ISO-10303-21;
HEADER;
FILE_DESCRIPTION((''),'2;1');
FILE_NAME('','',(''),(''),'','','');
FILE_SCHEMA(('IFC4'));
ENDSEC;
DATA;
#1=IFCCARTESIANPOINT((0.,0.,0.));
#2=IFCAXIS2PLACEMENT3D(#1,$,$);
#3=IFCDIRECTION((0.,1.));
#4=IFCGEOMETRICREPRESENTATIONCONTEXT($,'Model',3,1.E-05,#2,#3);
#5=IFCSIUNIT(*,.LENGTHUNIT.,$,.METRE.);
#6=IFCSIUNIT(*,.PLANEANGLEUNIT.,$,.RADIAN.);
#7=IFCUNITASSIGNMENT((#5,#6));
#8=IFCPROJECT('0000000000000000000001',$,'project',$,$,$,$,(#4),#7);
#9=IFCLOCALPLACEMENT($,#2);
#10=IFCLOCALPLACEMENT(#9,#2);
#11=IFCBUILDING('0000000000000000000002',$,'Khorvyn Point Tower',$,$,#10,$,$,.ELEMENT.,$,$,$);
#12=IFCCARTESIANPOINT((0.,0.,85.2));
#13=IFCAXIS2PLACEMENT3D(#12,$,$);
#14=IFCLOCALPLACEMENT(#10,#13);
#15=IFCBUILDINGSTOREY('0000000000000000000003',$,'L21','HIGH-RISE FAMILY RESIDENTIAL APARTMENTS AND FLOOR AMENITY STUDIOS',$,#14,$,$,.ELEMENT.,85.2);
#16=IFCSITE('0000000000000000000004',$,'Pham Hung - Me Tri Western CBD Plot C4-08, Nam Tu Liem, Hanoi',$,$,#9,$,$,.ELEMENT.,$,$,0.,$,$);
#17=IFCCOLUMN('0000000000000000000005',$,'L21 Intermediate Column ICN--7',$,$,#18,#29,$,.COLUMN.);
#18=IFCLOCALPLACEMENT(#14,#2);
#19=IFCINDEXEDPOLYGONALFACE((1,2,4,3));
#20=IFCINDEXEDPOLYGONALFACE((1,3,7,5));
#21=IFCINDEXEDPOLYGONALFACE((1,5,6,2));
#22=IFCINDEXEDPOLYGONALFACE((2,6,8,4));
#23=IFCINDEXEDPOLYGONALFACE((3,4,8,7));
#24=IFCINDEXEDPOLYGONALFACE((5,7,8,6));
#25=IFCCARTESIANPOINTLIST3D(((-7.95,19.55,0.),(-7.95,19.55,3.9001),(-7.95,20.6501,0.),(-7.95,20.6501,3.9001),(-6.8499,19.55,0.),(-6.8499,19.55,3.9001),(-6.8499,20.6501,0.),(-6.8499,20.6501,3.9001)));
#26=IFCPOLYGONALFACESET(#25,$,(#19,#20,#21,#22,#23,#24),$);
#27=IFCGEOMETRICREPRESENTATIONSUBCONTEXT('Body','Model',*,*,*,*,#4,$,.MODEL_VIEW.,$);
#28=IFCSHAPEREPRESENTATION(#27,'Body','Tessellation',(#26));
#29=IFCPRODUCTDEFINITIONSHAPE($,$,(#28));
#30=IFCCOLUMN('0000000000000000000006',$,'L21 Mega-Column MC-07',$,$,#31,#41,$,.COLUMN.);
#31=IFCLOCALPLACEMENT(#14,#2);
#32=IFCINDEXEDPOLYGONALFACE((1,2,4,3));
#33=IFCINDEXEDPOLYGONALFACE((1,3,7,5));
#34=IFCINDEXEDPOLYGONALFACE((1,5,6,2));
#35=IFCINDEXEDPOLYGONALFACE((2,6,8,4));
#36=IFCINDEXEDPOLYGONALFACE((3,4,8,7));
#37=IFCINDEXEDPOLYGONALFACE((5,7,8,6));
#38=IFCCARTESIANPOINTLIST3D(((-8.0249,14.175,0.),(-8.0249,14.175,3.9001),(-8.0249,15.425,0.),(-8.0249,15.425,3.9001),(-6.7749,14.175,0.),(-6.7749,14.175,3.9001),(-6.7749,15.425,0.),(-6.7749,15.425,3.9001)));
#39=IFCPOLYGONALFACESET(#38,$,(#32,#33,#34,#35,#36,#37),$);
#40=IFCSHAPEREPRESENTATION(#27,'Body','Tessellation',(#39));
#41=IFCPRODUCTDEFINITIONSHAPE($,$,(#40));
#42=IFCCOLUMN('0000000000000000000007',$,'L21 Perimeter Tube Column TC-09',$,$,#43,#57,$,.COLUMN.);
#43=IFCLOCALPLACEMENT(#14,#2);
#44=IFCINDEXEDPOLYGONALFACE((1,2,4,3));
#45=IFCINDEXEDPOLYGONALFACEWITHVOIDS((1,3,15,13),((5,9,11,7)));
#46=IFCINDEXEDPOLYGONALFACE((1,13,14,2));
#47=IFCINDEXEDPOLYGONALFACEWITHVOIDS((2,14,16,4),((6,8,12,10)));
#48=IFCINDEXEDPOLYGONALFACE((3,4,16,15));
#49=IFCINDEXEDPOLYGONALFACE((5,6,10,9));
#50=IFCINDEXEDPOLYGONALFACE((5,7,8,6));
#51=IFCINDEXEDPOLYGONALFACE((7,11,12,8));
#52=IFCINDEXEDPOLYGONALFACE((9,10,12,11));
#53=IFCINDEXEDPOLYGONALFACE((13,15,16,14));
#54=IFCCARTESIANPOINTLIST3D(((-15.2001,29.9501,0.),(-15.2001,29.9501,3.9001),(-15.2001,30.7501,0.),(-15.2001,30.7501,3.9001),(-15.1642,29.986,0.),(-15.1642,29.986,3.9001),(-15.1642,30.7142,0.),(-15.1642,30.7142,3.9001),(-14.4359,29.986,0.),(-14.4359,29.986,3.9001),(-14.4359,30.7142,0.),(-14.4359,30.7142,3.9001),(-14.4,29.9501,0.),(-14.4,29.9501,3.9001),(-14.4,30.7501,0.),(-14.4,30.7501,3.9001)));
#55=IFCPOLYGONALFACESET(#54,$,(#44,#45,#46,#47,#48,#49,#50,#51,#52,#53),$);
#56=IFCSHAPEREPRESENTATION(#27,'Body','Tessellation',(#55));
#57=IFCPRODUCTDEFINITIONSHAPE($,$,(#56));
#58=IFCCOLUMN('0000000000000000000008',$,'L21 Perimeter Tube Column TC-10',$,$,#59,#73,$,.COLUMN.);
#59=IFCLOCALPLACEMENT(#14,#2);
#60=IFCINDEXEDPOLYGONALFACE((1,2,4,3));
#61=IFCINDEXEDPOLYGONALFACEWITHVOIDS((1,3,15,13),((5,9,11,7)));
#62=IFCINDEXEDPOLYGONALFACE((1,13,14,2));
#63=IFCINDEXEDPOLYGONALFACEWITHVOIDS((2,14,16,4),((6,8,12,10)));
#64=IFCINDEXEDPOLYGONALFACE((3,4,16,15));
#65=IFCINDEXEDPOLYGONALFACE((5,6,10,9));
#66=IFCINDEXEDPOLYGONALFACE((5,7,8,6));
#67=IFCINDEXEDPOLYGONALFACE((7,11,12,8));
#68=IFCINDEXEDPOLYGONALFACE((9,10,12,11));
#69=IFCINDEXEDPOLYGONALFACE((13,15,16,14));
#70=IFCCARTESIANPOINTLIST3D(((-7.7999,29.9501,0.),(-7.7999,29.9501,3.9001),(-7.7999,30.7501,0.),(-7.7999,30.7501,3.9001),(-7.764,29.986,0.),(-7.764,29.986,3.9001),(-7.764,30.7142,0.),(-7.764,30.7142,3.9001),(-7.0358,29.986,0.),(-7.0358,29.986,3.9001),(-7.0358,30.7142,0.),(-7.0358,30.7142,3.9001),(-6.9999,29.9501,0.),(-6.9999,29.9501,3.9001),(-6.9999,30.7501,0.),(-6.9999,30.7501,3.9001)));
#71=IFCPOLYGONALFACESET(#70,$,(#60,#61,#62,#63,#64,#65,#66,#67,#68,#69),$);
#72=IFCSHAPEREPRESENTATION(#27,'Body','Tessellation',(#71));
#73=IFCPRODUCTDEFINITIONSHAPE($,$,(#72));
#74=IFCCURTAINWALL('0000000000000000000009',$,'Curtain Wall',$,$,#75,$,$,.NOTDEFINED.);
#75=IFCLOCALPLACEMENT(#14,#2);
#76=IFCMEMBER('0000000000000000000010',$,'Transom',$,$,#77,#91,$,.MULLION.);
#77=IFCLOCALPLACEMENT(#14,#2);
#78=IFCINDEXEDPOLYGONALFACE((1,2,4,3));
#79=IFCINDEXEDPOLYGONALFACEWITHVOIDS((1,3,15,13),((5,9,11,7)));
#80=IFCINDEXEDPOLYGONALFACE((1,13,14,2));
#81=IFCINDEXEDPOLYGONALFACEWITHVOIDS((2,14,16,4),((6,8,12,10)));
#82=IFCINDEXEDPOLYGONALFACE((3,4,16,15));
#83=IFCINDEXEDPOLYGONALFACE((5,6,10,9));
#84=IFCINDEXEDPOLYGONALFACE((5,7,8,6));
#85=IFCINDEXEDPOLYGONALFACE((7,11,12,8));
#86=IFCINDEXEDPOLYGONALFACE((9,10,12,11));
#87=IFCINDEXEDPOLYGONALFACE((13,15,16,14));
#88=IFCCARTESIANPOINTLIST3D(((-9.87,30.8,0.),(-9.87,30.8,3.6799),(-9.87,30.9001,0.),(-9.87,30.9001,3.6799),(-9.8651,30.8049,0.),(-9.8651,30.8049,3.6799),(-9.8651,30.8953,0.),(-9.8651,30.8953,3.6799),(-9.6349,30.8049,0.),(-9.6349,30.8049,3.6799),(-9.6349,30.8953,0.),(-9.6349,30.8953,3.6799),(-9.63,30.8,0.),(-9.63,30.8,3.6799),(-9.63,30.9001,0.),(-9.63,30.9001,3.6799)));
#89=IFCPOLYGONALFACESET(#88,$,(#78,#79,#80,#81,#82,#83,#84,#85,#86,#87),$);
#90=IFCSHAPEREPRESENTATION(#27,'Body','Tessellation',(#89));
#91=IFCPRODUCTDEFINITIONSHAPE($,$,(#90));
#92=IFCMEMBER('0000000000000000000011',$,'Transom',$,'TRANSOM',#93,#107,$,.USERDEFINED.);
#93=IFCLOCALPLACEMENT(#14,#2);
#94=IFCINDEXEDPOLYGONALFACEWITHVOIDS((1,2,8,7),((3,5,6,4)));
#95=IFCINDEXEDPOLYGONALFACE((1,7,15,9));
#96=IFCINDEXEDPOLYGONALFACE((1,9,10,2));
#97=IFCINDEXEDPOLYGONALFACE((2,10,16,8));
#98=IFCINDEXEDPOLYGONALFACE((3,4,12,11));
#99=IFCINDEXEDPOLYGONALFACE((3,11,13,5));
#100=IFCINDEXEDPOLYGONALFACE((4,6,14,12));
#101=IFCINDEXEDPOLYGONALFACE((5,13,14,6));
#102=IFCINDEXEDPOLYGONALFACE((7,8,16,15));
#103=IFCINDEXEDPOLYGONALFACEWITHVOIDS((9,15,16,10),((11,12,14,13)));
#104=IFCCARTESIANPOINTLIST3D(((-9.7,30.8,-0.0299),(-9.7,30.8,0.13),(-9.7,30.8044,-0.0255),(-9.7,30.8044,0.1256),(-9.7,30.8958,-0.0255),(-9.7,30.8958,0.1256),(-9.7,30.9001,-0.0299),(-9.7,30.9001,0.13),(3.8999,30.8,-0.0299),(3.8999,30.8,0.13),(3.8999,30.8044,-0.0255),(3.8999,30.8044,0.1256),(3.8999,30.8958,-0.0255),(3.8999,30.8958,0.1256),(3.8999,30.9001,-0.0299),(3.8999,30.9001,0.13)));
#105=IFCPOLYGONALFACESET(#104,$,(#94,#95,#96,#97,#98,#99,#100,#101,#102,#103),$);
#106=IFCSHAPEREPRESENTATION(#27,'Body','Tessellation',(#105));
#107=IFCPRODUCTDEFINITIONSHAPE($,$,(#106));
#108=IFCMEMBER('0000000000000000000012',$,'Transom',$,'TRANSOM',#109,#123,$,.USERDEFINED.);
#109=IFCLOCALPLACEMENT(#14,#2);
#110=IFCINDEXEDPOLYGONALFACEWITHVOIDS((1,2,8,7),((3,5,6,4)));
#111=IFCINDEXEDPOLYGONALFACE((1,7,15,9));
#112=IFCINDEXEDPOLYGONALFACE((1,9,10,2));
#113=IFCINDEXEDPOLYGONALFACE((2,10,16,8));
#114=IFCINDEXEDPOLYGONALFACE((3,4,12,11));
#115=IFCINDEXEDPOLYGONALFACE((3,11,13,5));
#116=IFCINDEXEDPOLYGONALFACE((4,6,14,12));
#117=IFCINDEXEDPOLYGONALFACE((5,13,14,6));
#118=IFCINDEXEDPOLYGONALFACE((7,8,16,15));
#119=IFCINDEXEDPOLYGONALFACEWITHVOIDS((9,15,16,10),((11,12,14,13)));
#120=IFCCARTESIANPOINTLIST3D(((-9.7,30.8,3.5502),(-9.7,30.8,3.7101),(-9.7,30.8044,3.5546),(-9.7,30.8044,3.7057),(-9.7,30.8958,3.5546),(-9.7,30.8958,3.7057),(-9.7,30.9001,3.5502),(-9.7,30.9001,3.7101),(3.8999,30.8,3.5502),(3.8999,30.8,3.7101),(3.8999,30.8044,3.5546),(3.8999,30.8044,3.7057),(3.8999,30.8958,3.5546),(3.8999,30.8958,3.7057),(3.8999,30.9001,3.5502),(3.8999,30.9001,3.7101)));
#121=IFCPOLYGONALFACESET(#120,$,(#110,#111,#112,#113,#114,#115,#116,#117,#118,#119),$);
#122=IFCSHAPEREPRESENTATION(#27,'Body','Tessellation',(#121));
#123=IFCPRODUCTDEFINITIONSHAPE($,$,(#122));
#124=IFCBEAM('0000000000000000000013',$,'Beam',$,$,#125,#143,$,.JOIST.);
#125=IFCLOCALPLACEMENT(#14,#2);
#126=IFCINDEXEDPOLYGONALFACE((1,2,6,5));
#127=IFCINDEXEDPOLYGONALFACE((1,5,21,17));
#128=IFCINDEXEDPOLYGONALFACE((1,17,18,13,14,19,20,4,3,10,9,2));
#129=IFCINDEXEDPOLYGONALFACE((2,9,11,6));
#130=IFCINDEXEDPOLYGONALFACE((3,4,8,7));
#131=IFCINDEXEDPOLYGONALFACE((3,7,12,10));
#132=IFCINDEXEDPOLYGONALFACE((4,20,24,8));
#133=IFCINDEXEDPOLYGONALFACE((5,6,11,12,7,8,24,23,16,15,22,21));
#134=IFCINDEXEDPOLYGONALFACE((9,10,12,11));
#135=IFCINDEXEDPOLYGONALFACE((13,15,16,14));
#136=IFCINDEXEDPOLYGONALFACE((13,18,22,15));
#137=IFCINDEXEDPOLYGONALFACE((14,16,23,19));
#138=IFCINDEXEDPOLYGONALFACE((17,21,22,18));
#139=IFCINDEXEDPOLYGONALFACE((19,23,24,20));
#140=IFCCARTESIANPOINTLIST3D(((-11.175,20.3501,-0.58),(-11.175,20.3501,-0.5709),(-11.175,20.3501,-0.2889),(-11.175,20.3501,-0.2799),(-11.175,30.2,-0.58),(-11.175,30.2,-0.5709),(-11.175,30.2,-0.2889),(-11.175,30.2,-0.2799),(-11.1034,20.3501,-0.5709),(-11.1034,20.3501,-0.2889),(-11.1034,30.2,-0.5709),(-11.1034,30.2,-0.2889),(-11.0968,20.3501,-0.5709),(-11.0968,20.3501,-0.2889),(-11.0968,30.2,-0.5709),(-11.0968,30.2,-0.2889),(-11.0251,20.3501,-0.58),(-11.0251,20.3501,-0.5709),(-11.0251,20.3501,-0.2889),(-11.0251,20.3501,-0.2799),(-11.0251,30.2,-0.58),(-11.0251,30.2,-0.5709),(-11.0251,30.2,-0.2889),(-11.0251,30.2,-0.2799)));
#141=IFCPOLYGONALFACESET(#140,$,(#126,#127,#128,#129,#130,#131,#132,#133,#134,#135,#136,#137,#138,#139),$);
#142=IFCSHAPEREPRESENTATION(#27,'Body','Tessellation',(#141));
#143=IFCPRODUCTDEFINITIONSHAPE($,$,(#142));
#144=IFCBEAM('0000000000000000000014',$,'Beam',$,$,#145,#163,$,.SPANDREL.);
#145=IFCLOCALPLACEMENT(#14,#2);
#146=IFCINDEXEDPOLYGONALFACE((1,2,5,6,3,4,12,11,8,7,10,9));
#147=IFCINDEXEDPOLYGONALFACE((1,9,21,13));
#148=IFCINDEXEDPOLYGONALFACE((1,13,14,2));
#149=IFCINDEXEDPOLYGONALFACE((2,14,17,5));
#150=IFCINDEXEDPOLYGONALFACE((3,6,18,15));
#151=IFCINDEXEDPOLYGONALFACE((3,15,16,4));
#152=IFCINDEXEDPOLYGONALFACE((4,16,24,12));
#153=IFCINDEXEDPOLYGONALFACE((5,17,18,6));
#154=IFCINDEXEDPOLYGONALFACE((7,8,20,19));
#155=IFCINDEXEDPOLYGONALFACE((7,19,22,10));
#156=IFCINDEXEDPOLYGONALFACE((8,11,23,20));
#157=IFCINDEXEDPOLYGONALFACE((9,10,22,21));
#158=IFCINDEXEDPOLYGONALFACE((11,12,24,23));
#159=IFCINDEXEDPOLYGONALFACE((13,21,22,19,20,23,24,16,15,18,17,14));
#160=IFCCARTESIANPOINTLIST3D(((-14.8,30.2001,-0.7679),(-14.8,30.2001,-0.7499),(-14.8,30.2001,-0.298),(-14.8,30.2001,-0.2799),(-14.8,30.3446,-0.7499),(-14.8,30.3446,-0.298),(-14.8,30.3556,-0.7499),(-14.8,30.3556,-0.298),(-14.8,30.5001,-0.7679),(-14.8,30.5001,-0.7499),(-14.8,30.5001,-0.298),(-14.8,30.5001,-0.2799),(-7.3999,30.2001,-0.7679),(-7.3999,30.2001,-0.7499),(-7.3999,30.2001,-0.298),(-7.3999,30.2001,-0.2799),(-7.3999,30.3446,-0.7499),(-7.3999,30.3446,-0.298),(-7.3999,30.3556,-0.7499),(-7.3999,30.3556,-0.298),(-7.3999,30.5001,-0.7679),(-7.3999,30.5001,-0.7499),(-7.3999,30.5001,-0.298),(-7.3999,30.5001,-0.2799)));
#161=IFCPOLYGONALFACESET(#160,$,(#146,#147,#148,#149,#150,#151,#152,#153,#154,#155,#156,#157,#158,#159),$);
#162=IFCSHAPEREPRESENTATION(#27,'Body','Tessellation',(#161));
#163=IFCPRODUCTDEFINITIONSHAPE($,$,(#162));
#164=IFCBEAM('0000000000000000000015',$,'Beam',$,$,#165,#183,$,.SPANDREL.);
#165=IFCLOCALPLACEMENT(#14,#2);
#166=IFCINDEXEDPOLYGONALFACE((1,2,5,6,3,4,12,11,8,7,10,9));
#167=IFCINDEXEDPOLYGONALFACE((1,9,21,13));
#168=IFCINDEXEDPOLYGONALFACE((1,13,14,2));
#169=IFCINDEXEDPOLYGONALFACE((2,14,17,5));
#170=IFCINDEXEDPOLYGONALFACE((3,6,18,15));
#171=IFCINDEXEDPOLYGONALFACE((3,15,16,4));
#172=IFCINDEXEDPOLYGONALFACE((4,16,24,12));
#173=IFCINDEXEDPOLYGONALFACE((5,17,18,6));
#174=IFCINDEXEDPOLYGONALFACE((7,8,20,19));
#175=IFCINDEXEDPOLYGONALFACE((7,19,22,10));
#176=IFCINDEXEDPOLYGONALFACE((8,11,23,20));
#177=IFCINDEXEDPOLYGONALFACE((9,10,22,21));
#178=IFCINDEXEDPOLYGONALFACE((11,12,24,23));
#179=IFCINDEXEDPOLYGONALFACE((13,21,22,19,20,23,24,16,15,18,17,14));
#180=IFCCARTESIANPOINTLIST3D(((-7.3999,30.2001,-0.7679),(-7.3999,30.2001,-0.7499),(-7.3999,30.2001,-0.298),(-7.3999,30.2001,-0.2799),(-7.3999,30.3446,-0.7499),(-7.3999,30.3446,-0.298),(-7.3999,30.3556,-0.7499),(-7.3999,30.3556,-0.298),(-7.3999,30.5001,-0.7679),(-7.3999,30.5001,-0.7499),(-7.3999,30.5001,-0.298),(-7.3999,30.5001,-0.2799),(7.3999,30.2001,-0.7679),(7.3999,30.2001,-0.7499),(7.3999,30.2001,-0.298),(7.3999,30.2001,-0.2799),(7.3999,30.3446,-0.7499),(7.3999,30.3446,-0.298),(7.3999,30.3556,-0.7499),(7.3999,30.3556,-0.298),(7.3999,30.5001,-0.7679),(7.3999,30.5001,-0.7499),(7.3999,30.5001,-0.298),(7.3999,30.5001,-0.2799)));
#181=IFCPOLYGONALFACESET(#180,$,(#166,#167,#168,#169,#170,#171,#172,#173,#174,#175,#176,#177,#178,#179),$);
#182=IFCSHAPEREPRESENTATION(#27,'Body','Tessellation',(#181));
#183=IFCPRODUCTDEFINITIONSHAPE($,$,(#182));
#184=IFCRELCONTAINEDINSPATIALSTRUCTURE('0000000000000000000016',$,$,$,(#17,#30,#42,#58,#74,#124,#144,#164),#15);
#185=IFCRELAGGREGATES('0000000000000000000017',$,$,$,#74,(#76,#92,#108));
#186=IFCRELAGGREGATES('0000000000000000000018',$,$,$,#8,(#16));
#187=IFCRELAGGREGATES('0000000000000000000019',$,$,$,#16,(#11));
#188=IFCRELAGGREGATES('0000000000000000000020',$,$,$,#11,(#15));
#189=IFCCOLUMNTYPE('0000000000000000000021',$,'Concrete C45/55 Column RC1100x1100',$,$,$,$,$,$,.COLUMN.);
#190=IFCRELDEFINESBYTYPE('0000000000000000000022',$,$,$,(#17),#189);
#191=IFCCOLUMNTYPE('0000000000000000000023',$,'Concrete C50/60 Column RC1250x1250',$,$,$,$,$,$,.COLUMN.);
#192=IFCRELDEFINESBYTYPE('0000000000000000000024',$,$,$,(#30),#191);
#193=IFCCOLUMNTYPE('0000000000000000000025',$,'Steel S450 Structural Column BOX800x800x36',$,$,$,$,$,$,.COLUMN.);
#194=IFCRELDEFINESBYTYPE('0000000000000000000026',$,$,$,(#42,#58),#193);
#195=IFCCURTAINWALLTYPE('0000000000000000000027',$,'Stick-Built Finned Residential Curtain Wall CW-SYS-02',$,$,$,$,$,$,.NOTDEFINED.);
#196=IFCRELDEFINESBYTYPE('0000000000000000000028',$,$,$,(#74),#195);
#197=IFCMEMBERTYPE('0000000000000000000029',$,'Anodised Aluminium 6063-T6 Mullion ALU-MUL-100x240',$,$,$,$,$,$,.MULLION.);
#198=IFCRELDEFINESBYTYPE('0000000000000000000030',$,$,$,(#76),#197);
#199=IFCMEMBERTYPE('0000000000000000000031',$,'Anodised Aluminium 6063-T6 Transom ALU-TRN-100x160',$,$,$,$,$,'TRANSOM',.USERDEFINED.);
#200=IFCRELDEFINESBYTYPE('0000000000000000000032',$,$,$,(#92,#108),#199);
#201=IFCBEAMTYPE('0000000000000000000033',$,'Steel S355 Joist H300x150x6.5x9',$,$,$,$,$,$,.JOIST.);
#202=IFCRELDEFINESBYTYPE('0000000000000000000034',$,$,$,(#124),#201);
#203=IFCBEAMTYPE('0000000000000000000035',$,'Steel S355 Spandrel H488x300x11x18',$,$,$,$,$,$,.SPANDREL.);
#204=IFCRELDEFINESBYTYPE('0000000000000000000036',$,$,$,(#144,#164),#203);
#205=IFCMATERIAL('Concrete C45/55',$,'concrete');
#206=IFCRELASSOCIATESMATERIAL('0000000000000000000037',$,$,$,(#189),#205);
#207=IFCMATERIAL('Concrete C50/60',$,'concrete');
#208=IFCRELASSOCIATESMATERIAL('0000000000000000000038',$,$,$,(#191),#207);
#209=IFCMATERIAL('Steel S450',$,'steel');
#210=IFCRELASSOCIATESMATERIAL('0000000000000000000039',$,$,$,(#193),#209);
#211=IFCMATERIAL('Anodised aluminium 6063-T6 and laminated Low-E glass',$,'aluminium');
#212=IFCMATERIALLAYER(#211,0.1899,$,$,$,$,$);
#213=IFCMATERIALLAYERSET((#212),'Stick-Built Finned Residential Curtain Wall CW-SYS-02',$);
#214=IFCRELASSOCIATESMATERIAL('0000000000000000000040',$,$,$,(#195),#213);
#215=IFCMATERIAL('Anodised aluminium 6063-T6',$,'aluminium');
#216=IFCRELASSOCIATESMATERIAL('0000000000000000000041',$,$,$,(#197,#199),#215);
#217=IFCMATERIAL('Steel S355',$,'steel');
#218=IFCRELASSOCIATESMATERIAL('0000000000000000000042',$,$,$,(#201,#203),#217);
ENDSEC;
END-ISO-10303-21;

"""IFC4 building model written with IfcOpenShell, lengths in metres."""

from ifc_helpers import new_model, si_unit, direction, frame, origin, origin_2d, place, context, subcontext, project, spatial, rectangle, hollow_rectangle, i_section, extrude, material, layer, layer_set, material_profile, profile_set, type_object, element, aggregate, save


model = new_model("IFC4")

# Units and contexts
model_context = context("Model", 3, precision=1e-05, world=origin(), true_north=direction((0.0, 1.0)))
body_context = subcontext(model_context, "Body", "Model", "MODEL_VIEW")
ifc_project = project(units=[si_unit("LENGTHUNIT", "METRE"), si_unit("PLANEANGLEUNIT", "RADIAN")], contexts=[model_context])

# Site, building, storey
site_placement = place(None, origin())
site = spatial("IfcSite", under=ifc_project, at=site_placement, Name="Pham Hung - Me Tri Western CBD Plot C4-08, Nam Tu Liem, Hanoi", CompositionType="ELEMENT", RefElevation=0.0)
building_placement = place(site_placement, origin())
building = spatial("IfcBuilding", under=site, at=building_placement, Name="Khorvyn Point Tower", CompositionType="ELEMENT")
storey_placement = place(building_placement, frame((0.0, 0.0, 85.2)))
storey = spatial("IfcBuildingStorey", under=building, at=storey_placement, Name="L21", Description="HIGH-RISE FAMILY RESIDENTIAL APARTMENTS AND FLOOR AMENITY STUDIOS", CompositionType="ELEMENT", Elevation=85.2)

# Columns
ifc_material_1 = material(Name="Concrete C45/55", Category="concrete")
ifc_material_profile_1 = material_profile(ifc_material_1, rectangle(XDim=1.1001, YDim=1.1001, at=origin_2d()))
ifc_profile_set_1 = profile_set([ifc_material_profile_1], Name="Concrete C45/55 RC1100x1100")
column_type_1 = type_object("IfcColumnType", Name="Concrete C45/55 Column RC1100x1100", PredefinedType="COLUMN", material=ifc_profile_set_1)
column_1_placement = place(storey_placement, frame((-7.3999, 20.1001, 0.0), z_axis=(0.0, 0.0, 1.0), x_axis=(1.0, 0.0, 0.0)))
element("IfcColumn", 1, at=column_1_placement, inside=storey, type_object=column_type_1, Name="L21 Intermediate Column ICN--7", PredefinedType="COLUMN", context=body_context, shape_type="SweptSolid", body=[
    extrude(rectangle(XDim=1.1001, YDim=1.1001, at=origin_2d()), origin(), (0.0, 0.0, 1.0), 3.9001),
])
ifc_material_2 = material(Name="Concrete C50/60", Category="concrete")
ifc_material_profile_2 = material_profile(ifc_material_2, rectangle(XDim=1.25, YDim=1.25, at=origin_2d()))
ifc_profile_set_2 = profile_set([ifc_material_profile_2], Name="Concrete C50/60 RC1250x1250")
column_type_2 = type_object("IfcColumnType", Name="Concrete C50/60 Column RC1250x1250", PredefinedType="COLUMN", material=ifc_profile_set_2)
column_2_placement = place(storey_placement, frame((-7.3999, 14.8, 0.0), z_axis=(0.0, 0.0, 1.0), x_axis=(1.0, 0.0, 0.0)))
element("IfcColumn", 2, at=column_2_placement, inside=storey, type_object=column_type_2, Name="L21 Mega-Column MC-07", PredefinedType="COLUMN", context=body_context, shape_type="SweptSolid", body=[
    extrude(rectangle(XDim=1.25, YDim=1.25, at=origin_2d()), origin(), (0.0, 0.0, 1.0), 3.9001),
])
ifc_material_3 = material(Name="Steel S450", Category="steel")
ifc_material_profile_3 = material_profile(ifc_material_3, hollow_rectangle(XDim=0.8, YDim=0.8, WallThickness=0.0359, at=origin_2d()))
ifc_profile_set_3 = profile_set([ifc_material_profile_3], Name="Steel S450 BOX800x800x36")
column_type_3 = type_object("IfcColumnType", Name="Steel S450 Structural Column BOX800x800x36", PredefinedType="COLUMN", material=ifc_profile_set_3)
for number, where, z_axis, x_axis, name in (
    (3, (-14.8, 30.3501, 0.0), (0.0, 0.0, 1.0), (1.0, 0.0, 0.0), "L21 Perimeter Tube Column TC-09"),
    (4, (-7.3999, 30.3501, 0.0), (0.0, 0.0, 1.0), (1.0, 0.0, 0.0), "L21 Perimeter Tube Column TC-10"),
):
    element("IfcColumn", number, at=place(storey_placement, frame(where, z_axis=z_axis, x_axis=x_axis)), inside=storey, type_object=column_type_3, Name=name, PredefinedType="COLUMN", context=body_context, shape_type="SweptSolid", body=[
        extrude(hollow_rectangle(XDim=0.8, YDim=0.8, WallThickness=0.0359, at=origin_2d()), origin(), (0.0, 0.0, 1.0), 3.9001),
    ])

# Curtain wall, members
ifc_material_4 = material(Name="Anodised aluminium 6063-T6 and laminated Low-E glass", Category="aluminium")
ifc_layer_1 = layer(ifc_material_4, 0.1899)
ifc_layer_set_1 = layer_set([ifc_layer_1], Name="Stick-Built Finned Residential Curtain Wall CW-SYS-02")
curtain_wall_type = type_object("IfcCurtainWallType", Name="Stick-Built Finned Residential Curtain Wall CW-SYS-02", PredefinedType="NOTDEFINED", material=ifc_layer_set_1)
curtain_wall_placement = place(storey_placement, origin())
curtain_wall = element("IfcCurtainWall", 5, at=curtain_wall_placement, inside=storey, type_object=curtain_wall_type, Name="Curtain Wall", PredefinedType="NOTDEFINED")
ifc_material_5 = material(Name="Anodised aluminium 6063-T6", Category="aluminium")
ifc_material_profile_4 = material_profile(ifc_material_5, hollow_rectangle(XDim=0.1001, YDim=0.24, WallThickness=0.0049, at=origin_2d()))
ifc_profile_set_4 = profile_set([ifc_material_profile_4], Name="Anodised aluminium 6063-T6 ALU-MUL-100x240")
member_type_1 = type_object("IfcMemberType", Name="Anodised Aluminium 6063-T6 Mullion ALU-MUL-100x240", PredefinedType="MULLION", material=ifc_profile_set_4)
member_1_placement = place(storey_placement, frame((-9.75, 30.8501, 0.0), z_axis=(0.0, 0.0, 1.0), x_axis=(0.0, 1.0, 0.0)))
member_1 = element("IfcMember", 6, at=member_1_placement, type_object=member_type_1, Name="Transom", PredefinedType="MULLION", context=body_context, shape_type="SweptSolid", body=[
    extrude(hollow_rectangle(XDim=0.1001, YDim=0.24, WallThickness=0.0049, at=origin_2d()), origin(), (0.0, 0.0, 1.0), 3.6799),
])
ifc_material_profile_5 = material_profile(ifc_material_5, hollow_rectangle(XDim=0.1001, YDim=0.1599, WallThickness=0.0044, at=origin_2d()))
ifc_profile_set_5 = profile_set([ifc_material_profile_5], Name="Anodised aluminium 6063-T6 ALU-TRN-100x160")
member_type_2 = type_object("IfcMemberType", Name="Anodised Aluminium 6063-T6 Transom ALU-TRN-100x160", ElementType="TRANSOM", PredefinedType="USERDEFINED", material=ifc_profile_set_5)
member_2_placement = place(storey_placement, frame((-9.7, 30.8501, 0.05), z_axis=(1.0, 0.0, 0.0), x_axis=(0.0, 1.0, 0.0)))
member_2 = element("IfcMember", 7, at=member_2_placement, type_object=member_type_2, Name="Transom", ObjectType="TRANSOM", PredefinedType="USERDEFINED", context=body_context, shape_type="SweptSolid", body=[
    extrude(hollow_rectangle(XDim=0.1001, YDim=0.1599, WallThickness=0.0044, at=origin_2d()), origin(), (0.0, 0.0, 1.0), 13.5999),
])
member_3_placement = place(storey_placement, frame((-9.7, 30.8501, 3.6301), z_axis=(1.0, 0.0, 0.0), x_axis=(0.0, 1.0, 0.0)))
member_3 = element("IfcMember", 8, at=member_3_placement, type_object=member_type_2, Name="Transom", ObjectType="TRANSOM", PredefinedType="USERDEFINED", context=body_context, shape_type="SweptSolid", body=[
    extrude(hollow_rectangle(XDim=0.1001, YDim=0.1599, WallThickness=0.0044, at=origin_2d()), origin(), (0.0, 0.0, 1.0), 13.5999),
])

# Beams
ifc_material_6 = material(Name="Steel S355", Category="steel")
ifc_material_profile_6 = material_profile(ifc_material_6, i_section(OverallWidth=0.1499, OverallDepth=0.3, WebThickness=0.0066, FlangeThickness=0.009, at=origin_2d()))
ifc_profile_set_6 = profile_set([ifc_material_profile_6], Name="Steel S355 H300x150x6.5x9")
beam_type_1 = type_object("IfcBeamType", Name="Steel S355 Joist H300x150x6.5x9", PredefinedType="JOIST", material=ifc_profile_set_6)
beam_1_placement = place(storey_placement, frame((-11.1001, 20.3501, -0.4299), z_axis=(0.0, 1.0, 0.0), x_axis=(-1.0, 0.0, 0.0)))
element("IfcBeam", 9, at=beam_1_placement, inside=storey, type_object=beam_type_1, Name="Beam", PredefinedType="JOIST", context=body_context, shape_type="SweptSolid", body=[
    extrude(i_section(OverallWidth=0.1499, OverallDepth=0.3, WebThickness=0.0066, FlangeThickness=0.009, at=origin_2d()), origin(), (0.0, 0.0, 1.0), 9.8499),
])
ifc_material_profile_7 = material_profile(ifc_material_6, i_section(OverallWidth=0.3, OverallDepth=0.488, WebThickness=0.011, FlangeThickness=0.0181, at=origin_2d()))
ifc_profile_set_7 = profile_set([ifc_material_profile_7], Name="Steel S355 H488x300x11x18")
beam_type_2 = type_object("IfcBeamType", Name="Steel S355 Spandrel H488x300x11x18", PredefinedType="SPANDREL", material=ifc_profile_set_7)
beam_2_placement = place(storey_placement, frame((-14.8, 30.3501, -0.5239), z_axis=(1.0, 0.0, 0.0), x_axis=(0.0, 1.0, 0.0)))
element("IfcBeam", 10, at=beam_2_placement, inside=storey, type_object=beam_type_2, Name="Beam", PredefinedType="SPANDREL", context=body_context, shape_type="SweptSolid", body=[
    extrude(i_section(OverallWidth=0.3, OverallDepth=0.488, WebThickness=0.011, FlangeThickness=0.0181, at=origin_2d()), origin(), (0.0, 0.0, 1.0), 7.4001),
])
beam_3_placement = place(storey_placement, frame((-7.3999, 30.3501, -0.5239), z_axis=(1.0, 0.0, 0.0), x_axis=(0.0, 1.0, 0.0)))
element("IfcBeam", 11, at=beam_3_placement, inside=storey, type_object=beam_type_2, Name="Beam", PredefinedType="SPANDREL", context=body_context, shape_type="SweptSolid", body=[
    extrude(i_section(OverallWidth=0.3, OverallDepth=0.488, WebThickness=0.011, FlangeThickness=0.0181, at=origin_2d()), origin(), (0.0, 0.0, 1.0), 14.7998),
])

aggregate(curtain_wall, [member_1, member_2, member_3])

save(model, "model.ifc")
